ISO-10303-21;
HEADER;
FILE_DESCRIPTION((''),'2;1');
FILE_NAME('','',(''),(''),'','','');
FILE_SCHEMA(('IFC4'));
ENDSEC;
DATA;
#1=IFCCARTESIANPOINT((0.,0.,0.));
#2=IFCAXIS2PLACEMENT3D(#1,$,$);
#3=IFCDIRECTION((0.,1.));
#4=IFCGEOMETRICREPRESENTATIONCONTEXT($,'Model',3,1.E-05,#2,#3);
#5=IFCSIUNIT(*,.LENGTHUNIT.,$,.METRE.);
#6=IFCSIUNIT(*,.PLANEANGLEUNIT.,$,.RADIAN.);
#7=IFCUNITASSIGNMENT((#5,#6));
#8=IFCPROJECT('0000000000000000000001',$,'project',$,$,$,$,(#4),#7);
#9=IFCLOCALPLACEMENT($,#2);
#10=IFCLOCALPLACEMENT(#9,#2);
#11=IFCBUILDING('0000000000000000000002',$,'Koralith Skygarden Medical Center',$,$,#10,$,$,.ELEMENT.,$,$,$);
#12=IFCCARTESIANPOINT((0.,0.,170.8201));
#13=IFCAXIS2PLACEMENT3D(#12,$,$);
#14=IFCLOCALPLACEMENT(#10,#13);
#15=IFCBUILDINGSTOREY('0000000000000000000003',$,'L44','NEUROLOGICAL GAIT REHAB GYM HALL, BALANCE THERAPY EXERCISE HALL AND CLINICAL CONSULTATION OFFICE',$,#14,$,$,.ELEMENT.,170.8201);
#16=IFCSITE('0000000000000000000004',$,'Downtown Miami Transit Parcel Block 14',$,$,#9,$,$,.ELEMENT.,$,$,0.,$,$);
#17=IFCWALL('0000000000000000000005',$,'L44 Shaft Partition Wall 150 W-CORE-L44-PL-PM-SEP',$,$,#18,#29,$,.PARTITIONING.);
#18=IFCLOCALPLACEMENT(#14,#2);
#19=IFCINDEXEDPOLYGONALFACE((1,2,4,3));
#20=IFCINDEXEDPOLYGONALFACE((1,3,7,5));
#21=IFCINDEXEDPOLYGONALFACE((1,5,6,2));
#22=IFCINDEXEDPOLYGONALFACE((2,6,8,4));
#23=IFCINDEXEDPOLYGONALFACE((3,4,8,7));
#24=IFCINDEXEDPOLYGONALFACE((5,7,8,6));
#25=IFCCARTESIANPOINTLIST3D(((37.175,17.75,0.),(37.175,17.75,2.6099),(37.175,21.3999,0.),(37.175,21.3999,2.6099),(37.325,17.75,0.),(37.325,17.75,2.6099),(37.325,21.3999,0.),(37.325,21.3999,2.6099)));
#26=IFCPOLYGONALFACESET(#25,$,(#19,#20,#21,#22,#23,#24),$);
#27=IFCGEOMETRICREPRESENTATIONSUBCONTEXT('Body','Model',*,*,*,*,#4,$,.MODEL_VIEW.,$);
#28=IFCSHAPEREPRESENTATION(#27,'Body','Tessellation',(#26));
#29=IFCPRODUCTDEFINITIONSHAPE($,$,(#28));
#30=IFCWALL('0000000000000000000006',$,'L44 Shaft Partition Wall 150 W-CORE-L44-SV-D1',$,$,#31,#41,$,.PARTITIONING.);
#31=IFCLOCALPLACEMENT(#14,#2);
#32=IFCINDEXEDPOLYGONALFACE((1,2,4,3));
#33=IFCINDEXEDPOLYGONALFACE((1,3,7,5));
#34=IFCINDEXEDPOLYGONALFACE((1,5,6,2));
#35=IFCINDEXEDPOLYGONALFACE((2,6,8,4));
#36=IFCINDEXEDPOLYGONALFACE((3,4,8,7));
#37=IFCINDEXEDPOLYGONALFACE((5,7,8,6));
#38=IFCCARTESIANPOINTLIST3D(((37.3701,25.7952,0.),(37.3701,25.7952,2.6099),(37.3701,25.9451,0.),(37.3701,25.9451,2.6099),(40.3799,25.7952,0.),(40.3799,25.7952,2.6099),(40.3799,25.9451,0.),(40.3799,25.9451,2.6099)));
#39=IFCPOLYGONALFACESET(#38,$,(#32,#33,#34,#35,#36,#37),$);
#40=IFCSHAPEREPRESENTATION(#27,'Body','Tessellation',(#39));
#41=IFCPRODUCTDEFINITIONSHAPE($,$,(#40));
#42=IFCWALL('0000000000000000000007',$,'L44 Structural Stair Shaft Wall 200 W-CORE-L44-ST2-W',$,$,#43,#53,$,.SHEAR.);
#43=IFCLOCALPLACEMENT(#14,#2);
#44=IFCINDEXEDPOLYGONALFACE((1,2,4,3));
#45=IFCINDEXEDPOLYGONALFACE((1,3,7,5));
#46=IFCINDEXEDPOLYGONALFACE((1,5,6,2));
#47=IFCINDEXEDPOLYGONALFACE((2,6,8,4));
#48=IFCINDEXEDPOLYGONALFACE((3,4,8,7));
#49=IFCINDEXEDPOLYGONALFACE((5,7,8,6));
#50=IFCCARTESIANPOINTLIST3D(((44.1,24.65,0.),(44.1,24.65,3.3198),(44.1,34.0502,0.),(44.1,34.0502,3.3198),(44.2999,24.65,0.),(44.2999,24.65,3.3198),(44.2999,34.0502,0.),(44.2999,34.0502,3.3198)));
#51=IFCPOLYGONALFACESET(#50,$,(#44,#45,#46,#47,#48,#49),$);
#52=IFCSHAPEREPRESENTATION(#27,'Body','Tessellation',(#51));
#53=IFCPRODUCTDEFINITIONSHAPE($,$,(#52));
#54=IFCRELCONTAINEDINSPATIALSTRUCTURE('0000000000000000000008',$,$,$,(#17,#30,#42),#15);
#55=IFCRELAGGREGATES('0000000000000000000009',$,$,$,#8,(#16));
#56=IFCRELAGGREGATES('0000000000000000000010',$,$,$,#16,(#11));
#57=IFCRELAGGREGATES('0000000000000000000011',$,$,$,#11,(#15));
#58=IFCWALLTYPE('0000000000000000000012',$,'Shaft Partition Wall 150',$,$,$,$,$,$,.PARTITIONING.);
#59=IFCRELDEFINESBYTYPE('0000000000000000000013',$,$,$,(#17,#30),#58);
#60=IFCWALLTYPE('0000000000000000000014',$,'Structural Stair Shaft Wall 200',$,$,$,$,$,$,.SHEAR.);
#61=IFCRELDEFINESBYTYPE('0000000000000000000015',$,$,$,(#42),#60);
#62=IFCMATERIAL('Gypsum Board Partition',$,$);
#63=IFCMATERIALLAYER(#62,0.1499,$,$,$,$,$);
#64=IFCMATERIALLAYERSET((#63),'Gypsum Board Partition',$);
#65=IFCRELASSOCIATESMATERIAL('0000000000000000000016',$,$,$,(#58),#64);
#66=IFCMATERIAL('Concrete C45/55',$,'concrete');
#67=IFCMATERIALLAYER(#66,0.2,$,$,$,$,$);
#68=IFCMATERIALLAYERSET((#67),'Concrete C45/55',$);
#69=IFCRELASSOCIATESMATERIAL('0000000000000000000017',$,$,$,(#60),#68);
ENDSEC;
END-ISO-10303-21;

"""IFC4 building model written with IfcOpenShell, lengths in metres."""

from ifc_helpers import new_model, si_unit, direction, frame, frame_2d, origin, place, context, subcontext, project, spatial, rectangle, extrude, material, layer, layer_set, type_object, element, save


model = new_model("IFC4")

# Units and contexts
model_context = context("Model", 3, precision=1e-05, world=origin(), true_north=direction((0.0, 1.0)))
body_context = subcontext(model_context, "Body", "Model", "MODEL_VIEW")
ifc_project = project(units=[si_unit("LENGTHUNIT", "METRE"), si_unit("PLANEANGLEUNIT", "RADIAN")], contexts=[model_context])

# Site, building, storey
site_placement = place(None, origin())
site = spatial("IfcSite", under=ifc_project, at=site_placement, Name="Downtown Miami Transit Parcel Block 14", CompositionType="ELEMENT", RefElevation=0.0)
building_placement = place(site_placement, origin())
building = spatial("IfcBuilding", under=site, at=building_placement, Name="Koralith Skygarden Medical Center", CompositionType="ELEMENT")
storey_placement = place(building_placement, frame((0.0, 0.0, 170.8201)))
storey = spatial("IfcBuildingStorey", under=building, at=storey_placement, Name="L44", Description="NEUROLOGICAL GAIT REHAB GYM HALL, BALANCE THERAPY EXERCISE HALL AND CLINICAL CONSULTATION OFFICE", CompositionType="ELEMENT", Elevation=170.8201)

# Shared definitions
ifc_material_1 = material(Name="Concrete C45/55", Category="concrete")

# Shared definitions
ifc_material_2 = material(Name="Gypsum Board Partition")

# Walls
ifc_layer_1 = layer(ifc_material_2, 0.1499)
ifc_layer_set_1 = layer_set([ifc_layer_1], Name="Gypsum Board Partition")
wall_type_1 = type_object("IfcWallType", Name="Shaft Partition Wall 150", PredefinedType="PARTITIONING", material=ifc_layer_set_1)
wall_1_placement = place(storey_placement, frame((37.25, 17.75, 0.0), z_axis=(0.0, 0.0, 1.0), x_axis=(0.0, 1.0, 0.0)))
element("IfcWall", 1, at=wall_1_placement, inside=storey, type_object=wall_type_1, Name="L44 Shaft Partition Wall 150 W-CORE-L44-PL-PM-SEP", PredefinedType="PARTITIONING", context=body_context, shape_type="SweptSolid", body=[
    extrude(rectangle(XDim=3.6499, YDim=0.1499, at=frame_2d((1.825, 0.0))), origin(), (0.0, 0.0, 1.0), 2.6099),
])
wall_2_placement = place(storey_placement, frame((37.3701, 25.8701, 0.0), z_axis=(0.0, 0.0, 1.0), x_axis=(1.0, 0.0, 0.0)))
element("IfcWall", 2, at=wall_2_placement, inside=storey, type_object=wall_type_1, Name="L44 Shaft Partition Wall 150 W-CORE-L44-SV-D1", PredefinedType="PARTITIONING", context=body_context, shape_type="SweptSolid", body=[
    extrude(rectangle(XDim=3.0098, YDim=0.1499, at=frame_2d((1.5049, 0.0))), origin(), (0.0, 0.0, 1.0), 2.6099),
])
ifc_layer_2 = layer(ifc_material_1, 0.2)
ifc_layer_set_2 = layer_set([ifc_layer_2], Name="Concrete C45/55")
wall_type_2 = type_object("IfcWallType", Name="Structural Stair Shaft Wall 200", PredefinedType="SHEAR", material=ifc_layer_set_2)
wall_3_placement = place(storey_placement, frame((44.2, 24.6499, 0.0), z_axis=(0.0, 0.0, 1.0), x_axis=(0.0, 1.0, 0.0)))
element("IfcWall", 3, at=wall_3_placement, inside=storey, type_object=wall_type_2, Name="L44 Structural Stair Shaft Wall 200 W-CORE-L44-ST2-W", PredefinedType="SHEAR", context=body_context, shape_type="SweptSolid", body=[
    extrude(rectangle(XDim=9.4001, YDim=0.2, at=frame_2d((4.7002, 0.0))), origin(), (0.0, 0.0, 1.0), 3.3198),
])

save(model, "model.ifc")
